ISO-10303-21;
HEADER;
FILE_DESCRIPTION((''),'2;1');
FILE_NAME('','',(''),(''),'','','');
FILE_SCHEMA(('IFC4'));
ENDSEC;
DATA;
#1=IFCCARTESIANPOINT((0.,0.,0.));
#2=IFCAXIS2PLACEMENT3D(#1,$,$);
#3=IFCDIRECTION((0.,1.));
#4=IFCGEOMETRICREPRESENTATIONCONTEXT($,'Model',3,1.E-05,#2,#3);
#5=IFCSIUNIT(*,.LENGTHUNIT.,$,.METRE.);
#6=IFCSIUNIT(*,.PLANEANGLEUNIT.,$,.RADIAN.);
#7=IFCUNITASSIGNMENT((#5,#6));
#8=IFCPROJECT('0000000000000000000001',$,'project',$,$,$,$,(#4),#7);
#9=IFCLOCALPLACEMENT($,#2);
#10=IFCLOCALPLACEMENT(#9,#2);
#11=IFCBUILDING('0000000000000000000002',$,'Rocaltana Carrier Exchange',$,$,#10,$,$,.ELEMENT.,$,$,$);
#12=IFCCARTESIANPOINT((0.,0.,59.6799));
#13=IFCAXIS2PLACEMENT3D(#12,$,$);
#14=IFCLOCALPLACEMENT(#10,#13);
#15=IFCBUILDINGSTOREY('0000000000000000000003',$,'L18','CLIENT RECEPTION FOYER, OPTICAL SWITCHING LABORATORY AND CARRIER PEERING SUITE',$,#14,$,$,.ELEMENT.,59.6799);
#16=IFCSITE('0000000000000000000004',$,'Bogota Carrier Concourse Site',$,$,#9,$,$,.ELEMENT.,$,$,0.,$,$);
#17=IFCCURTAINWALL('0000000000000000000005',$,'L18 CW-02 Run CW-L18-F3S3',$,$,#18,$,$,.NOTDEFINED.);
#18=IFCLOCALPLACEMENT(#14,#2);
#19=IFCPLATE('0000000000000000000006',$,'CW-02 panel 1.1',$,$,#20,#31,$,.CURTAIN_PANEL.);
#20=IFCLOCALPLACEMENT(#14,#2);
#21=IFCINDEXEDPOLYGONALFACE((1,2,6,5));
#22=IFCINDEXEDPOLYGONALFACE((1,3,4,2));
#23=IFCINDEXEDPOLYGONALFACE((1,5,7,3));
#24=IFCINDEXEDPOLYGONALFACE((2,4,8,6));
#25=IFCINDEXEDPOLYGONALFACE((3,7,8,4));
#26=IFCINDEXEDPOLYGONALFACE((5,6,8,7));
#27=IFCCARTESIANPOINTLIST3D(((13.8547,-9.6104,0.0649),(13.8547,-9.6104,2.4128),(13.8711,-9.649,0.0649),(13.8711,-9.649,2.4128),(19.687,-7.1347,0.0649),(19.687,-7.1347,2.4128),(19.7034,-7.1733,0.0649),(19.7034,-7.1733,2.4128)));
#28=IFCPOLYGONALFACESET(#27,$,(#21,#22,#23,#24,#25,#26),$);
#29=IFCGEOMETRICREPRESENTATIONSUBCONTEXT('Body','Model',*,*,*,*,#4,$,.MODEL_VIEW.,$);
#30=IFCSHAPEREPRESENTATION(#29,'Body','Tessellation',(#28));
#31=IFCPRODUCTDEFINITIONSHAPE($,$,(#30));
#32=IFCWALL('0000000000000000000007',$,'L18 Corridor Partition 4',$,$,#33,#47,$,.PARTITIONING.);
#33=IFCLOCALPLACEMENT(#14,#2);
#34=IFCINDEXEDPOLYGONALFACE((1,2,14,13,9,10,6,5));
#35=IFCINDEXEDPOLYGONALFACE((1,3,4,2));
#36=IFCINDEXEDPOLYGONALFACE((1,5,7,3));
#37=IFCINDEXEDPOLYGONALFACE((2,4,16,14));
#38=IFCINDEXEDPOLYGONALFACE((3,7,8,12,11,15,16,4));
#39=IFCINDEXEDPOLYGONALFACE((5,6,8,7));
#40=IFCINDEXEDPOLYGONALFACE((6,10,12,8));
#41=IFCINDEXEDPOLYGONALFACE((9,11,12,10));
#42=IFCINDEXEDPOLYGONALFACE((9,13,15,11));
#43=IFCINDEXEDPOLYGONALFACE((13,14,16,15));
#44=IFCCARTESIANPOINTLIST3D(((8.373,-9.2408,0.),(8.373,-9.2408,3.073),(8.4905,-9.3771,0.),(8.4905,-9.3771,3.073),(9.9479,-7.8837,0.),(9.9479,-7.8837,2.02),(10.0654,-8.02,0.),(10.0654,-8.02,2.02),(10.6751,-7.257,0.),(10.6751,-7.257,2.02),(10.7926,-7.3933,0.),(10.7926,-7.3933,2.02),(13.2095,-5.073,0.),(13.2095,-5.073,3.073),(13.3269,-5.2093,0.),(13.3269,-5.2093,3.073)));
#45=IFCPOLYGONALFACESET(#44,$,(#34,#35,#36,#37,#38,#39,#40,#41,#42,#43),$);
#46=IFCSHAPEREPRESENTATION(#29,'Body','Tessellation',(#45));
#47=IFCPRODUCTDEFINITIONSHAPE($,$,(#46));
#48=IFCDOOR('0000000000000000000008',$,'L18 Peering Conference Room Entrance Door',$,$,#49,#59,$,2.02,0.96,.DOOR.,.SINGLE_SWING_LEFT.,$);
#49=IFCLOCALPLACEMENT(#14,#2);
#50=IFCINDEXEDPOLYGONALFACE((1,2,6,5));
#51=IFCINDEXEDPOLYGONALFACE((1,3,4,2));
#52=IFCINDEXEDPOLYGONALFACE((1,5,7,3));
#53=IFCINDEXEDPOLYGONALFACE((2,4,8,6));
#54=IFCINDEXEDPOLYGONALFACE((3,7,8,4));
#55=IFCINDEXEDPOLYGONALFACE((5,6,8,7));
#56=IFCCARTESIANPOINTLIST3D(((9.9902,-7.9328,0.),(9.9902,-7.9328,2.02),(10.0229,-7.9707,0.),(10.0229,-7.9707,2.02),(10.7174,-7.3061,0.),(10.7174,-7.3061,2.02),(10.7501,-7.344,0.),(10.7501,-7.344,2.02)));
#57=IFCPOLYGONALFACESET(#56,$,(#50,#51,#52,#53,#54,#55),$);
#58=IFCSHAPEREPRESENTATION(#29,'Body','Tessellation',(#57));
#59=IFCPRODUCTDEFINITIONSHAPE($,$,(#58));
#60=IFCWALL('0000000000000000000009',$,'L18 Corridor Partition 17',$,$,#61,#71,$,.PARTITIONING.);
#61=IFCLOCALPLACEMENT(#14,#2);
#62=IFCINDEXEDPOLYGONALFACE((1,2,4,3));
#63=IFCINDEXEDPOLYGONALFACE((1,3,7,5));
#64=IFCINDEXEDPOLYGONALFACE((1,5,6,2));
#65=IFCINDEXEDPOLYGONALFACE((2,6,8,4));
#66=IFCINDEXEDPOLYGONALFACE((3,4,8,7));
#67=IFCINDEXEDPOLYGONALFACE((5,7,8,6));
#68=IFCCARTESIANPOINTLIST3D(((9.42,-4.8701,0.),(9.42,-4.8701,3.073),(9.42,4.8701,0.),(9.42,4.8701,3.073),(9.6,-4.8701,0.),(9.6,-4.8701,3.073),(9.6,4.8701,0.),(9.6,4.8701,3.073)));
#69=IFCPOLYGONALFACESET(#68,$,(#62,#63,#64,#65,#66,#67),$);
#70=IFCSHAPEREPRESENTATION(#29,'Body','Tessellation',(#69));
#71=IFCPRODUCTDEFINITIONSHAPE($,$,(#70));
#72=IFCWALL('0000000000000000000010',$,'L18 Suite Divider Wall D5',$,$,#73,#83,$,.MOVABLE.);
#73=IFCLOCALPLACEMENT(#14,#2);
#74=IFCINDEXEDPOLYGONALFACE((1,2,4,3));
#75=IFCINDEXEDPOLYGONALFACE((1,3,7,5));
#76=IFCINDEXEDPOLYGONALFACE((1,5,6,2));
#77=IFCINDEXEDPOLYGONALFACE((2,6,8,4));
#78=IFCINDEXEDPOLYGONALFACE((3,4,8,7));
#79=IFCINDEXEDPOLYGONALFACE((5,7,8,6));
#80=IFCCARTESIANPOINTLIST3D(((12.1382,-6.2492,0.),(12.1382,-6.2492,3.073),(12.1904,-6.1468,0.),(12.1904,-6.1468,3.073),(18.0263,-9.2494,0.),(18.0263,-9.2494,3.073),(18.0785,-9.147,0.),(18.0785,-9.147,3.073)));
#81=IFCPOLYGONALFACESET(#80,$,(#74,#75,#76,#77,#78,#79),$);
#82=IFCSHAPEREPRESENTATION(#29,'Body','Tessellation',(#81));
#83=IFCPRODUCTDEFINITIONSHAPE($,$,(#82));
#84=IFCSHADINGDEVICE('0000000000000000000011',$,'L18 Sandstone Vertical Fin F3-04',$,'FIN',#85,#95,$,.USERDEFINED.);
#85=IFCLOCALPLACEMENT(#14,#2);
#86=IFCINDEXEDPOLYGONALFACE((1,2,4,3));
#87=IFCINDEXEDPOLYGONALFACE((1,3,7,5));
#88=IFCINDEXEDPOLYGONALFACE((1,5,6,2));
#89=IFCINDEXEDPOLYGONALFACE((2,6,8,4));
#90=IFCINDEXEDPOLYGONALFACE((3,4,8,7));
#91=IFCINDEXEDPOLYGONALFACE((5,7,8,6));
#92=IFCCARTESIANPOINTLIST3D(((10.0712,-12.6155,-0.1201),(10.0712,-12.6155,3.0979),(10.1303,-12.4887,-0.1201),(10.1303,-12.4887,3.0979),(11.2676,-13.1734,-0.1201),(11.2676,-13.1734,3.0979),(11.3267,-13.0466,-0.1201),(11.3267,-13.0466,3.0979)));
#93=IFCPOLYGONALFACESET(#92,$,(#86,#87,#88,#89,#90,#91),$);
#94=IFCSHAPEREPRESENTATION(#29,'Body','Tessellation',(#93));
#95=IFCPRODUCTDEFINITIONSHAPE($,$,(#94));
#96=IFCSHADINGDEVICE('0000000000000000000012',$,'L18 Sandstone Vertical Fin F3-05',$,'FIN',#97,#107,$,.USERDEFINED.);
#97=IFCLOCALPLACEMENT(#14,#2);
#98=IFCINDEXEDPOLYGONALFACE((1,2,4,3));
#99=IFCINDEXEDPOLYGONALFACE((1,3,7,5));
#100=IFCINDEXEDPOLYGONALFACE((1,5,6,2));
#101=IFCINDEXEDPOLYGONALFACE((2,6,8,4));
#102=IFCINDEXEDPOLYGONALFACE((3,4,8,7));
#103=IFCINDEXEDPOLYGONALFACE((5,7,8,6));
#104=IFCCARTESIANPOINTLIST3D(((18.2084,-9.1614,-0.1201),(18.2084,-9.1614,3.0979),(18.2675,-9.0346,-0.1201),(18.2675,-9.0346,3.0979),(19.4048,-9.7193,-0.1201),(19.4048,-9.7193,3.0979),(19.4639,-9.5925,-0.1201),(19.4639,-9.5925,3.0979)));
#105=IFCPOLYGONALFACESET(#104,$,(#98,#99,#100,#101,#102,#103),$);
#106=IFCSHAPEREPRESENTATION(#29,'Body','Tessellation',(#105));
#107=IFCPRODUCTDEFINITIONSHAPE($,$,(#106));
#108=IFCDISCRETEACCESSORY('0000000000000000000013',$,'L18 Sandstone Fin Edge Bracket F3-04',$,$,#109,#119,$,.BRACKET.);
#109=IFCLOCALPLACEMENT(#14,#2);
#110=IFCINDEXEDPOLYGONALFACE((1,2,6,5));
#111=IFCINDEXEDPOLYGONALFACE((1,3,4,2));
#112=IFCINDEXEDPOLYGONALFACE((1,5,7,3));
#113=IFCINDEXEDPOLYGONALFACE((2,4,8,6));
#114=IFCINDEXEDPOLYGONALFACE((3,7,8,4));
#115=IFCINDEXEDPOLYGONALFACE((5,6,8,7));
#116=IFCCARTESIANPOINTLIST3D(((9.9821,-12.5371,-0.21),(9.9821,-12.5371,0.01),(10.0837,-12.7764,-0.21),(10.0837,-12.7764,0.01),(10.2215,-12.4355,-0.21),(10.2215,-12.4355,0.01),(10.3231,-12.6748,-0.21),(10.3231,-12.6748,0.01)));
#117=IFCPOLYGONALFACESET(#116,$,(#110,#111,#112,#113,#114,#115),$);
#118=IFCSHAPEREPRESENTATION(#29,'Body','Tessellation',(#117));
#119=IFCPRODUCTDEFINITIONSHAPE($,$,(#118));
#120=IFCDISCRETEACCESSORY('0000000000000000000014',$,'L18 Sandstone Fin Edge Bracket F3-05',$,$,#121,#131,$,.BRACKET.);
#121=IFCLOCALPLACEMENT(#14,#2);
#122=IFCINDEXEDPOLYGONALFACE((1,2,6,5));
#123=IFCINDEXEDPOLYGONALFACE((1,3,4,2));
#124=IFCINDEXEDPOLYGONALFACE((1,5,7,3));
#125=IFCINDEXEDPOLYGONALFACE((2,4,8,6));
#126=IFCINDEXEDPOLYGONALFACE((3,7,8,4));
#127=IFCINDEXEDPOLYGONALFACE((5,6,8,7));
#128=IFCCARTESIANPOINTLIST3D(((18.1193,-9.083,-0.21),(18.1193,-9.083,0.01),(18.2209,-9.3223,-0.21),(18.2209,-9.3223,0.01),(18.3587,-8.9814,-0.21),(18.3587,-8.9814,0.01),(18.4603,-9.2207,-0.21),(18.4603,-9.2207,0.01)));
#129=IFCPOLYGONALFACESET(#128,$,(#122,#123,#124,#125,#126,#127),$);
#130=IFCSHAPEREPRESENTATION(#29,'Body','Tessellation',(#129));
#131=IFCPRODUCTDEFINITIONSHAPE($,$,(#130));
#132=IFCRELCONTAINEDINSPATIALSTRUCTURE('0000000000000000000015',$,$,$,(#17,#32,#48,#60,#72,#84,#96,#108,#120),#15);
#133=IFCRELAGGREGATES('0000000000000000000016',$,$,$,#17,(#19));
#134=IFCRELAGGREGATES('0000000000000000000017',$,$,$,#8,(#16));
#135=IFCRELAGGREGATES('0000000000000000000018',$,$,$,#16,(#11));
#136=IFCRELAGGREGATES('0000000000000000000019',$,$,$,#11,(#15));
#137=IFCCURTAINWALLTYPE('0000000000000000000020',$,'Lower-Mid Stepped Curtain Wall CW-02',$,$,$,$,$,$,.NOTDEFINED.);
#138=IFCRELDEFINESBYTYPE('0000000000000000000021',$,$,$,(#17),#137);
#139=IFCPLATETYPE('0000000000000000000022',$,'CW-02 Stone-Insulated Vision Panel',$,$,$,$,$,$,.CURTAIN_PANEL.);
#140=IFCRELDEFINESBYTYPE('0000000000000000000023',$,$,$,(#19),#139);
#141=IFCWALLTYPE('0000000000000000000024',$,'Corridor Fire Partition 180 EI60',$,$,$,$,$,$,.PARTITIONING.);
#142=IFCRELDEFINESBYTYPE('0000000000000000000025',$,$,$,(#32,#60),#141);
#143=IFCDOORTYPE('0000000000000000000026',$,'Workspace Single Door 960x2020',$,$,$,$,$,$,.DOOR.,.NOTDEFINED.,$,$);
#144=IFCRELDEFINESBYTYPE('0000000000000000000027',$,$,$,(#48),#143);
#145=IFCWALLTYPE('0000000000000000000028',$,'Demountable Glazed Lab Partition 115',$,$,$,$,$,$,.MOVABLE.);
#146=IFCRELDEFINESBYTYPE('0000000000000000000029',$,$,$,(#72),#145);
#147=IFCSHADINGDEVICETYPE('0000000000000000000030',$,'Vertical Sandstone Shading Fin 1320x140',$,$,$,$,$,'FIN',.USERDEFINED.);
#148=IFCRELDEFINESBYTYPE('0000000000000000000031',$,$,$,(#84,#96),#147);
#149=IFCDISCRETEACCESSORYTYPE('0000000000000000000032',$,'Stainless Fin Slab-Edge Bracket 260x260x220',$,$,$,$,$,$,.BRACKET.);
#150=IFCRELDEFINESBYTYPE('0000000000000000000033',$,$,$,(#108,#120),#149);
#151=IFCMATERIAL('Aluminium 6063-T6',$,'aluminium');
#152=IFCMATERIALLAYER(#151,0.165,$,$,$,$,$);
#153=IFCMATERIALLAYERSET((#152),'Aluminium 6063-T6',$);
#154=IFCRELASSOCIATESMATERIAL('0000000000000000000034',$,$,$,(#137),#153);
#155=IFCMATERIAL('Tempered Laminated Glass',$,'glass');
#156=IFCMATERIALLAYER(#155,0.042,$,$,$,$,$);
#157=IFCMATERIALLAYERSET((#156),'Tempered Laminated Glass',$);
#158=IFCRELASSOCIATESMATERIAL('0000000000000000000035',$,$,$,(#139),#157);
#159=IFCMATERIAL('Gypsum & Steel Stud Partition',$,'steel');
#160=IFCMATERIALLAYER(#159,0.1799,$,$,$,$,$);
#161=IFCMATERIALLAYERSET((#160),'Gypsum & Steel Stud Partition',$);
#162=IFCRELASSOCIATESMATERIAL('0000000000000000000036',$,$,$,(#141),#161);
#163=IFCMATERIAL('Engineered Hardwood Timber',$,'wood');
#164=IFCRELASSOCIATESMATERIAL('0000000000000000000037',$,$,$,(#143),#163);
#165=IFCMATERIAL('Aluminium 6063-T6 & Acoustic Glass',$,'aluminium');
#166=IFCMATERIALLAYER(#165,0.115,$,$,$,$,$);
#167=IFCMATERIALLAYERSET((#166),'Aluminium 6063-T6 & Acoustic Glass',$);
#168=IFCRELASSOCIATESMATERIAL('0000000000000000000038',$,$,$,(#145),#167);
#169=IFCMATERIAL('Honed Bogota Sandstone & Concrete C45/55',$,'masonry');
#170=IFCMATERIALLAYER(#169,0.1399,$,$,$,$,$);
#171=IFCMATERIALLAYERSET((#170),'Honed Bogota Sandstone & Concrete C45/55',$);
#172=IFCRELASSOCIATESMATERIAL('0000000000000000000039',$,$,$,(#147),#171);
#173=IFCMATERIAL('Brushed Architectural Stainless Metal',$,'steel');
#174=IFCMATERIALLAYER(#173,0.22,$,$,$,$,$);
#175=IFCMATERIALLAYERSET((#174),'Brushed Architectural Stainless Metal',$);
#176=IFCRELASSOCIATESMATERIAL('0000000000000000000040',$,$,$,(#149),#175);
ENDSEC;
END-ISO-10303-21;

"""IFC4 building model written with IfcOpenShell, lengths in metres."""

from ifc_helpers import new_model, si_unit, direction, frame, frame_2d, origin, origin_2d, place, context, subcontext, project, spatial, rectangle, extrude, material, layer, layer_set, type_object, element, fill, aggregate, save


model = new_model("IFC4")

# Units and contexts
model_context = context("Model", 3, precision=1e-05, world=origin(), true_north=direction((0.0, 1.0)))
body_context = subcontext(model_context, "Body", "Model", "MODEL_VIEW")
ifc_project = project(units=[si_unit("LENGTHUNIT", "METRE"), si_unit("PLANEANGLEUNIT", "RADIAN")], contexts=[model_context])

# Site, building, storey
site_placement = place(None, origin())
site = spatial("IfcSite", under=ifc_project, at=site_placement, Name="Bogota Carrier Concourse Site", CompositionType="ELEMENT", RefElevation=0.0)
building_placement = place(site_placement, origin())
building = spatial("IfcBuilding", under=site, at=building_placement, Name="Rocaltana Carrier Exchange", CompositionType="ELEMENT")
storey_placement = place(building_placement, frame((0.0, 0.0, 59.6799)))
storey = spatial("IfcBuildingStorey", under=building, at=storey_placement, Name="L18", Description="CLIENT RECEPTION FOYER, OPTICAL SWITCHING LABORATORY AND CARRIER PEERING SUITE", CompositionType="ELEMENT", Elevation=59.6799)

# Shared definitions
ifc_material_1 = material(Name="Aluminium 6063-T6", Category="aluminium")
ifc_layer_1 = layer(ifc_material_1, 0.165)
ifc_layer_set_1 = layer_set([ifc_layer_1], Name="Aluminium 6063-T6")
curtain_wall_type = type_object("IfcCurtainWallType", Name="Lower-Mid Stepped Curtain Wall CW-02", PredefinedType="NOTDEFINED", material=ifc_layer_set_1)

# Curtain wall
curtain_wall_1_placement = place(storey_placement, origin())
curtain_wall_1 = element("IfcCurtainWall", 1, at=curtain_wall_1_placement, inside=storey, type_object=curtain_wall_type, Name="L18 CW-02 Run CW-L18-F3S3", PredefinedType="NOTDEFINED")

# Plate
ifc_material_2 = material(Name="Tempered Laminated Glass", Category="glass")
ifc_layer_2 = layer(ifc_material_2, 0.042)
ifc_layer_set_2 = layer_set([ifc_layer_2], Name="Tempered Laminated Glass")
plate_type = type_object("IfcPlateType", Name="CW-02 Stone-Insulated Vision Panel", PredefinedType="CURTAIN_PANEL", material=ifc_layer_set_2)
plate_placement = place(storey_placement, frame((16.7791, -8.3918, 0.0649), z_axis=(0.0, 0.0, 1.0), x_axis=(0.920503, 0.390735, 0.0)))
plate = element("IfcPlate", 2, at=plate_placement, type_object=plate_type, Name="CW-02 panel 1.1", PredefinedType="CURTAIN_PANEL", context=body_context, shape_type="SweptSolid", body=[
    extrude(rectangle(XDim=6.3359, YDim=0.042, at=origin_2d()), origin(), (0.0, 0.0, 1.0), 2.3479),
])
aggregate(curtain_wall_1, [plate])

# Wall, opening, door
ifc_material_3 = material(Name="Gypsum & Steel Stud Partition", Category="steel")
ifc_layer_3 = layer(ifc_material_3, 0.1799)
ifc_layer_set_3 = layer_set([ifc_layer_3], Name="Gypsum & Steel Stud Partition")
wall_type_1 = type_object("IfcWallType", Name="Corridor Fire Partition 180 EI60", PredefinedType="PARTITIONING", material=ifc_layer_set_3)
wall_1_placement = place(storey_placement, frame((13.2683, -5.1411, 0.0), z_axis=(0.0, 0.0, 1.0), x_axis=(-0.757535, -0.652795, 0.0)))
wall_1 = element("IfcWall", 3, at=wall_1_placement, inside=storey, type_object=wall_type_1, Name="L18 Corridor Partition 4", PredefinedType="PARTITIONING", context=body_context, shape_type="SweptSolid", body=[
    extrude(rectangle(XDim=6.3845, YDim=0.1799, at=frame_2d((3.1924, 0.0))), origin(), (0.0, 0.0, 1.0), 3.073),
])
opening_placement = place(wall_1_placement, frame((3.3457, 0.0, 0.0)))
opening = element("IfcOpeningElement", 4, at=opening_placement, cuts=wall_1, PredefinedType="OPENING", context=body_context, shape_type="SweptSolid", body=[
    extrude(rectangle(XDim=0.96, YDim=2.02, at=frame_2d((0.48, 1.01))), frame((0.0, 0.0999, 0.0), z_axis=(0.0, -1.0, 0.0), x_axis=(1.0, 0.0, 0.0)), (0.0, 0.0, 1.0), 0.2),
])
ifc_material_4 = material(Name="Engineered Hardwood Timber", Category="wood")
door_type = type_object("IfcDoorType", Name="Workspace Single Door 960x2020", OperationType="NOTDEFINED", PredefinedType="DOOR", material=ifc_material_4)
door_placement = place(opening_placement, origin())
door = element("IfcDoor", 5, at=door_placement, inside=storey, type_object=door_type, Name="L18 Peering Conference Room Entrance Door", OperationType="SINGLE_SWING_LEFT", OverallHeight=2.02, OverallWidth=0.96, PredefinedType="DOOR", context=body_context, shape_type="SweptSolid", body=[
    extrude(rectangle(XDim=0.96, YDim=2.02, at=frame_2d((0.48, 1.01))), frame((0.0, 0.0249, 0.0), z_axis=(0.0, -1.0, 0.0), x_axis=(1.0, 0.0, 0.0)), (0.0, 0.0, 1.0), 0.05),
])
fill(opening, door)

# Walls
wall_2_placement = place(storey_placement, frame((9.51, -4.8701, 0.0), z_axis=(0.0, 0.0, 1.0), x_axis=(0.0, 1.0, 0.0)))
element("IfcWall", 6, at=wall_2_placement, inside=storey, type_object=wall_type_1, Name="L18 Corridor Partition 17", PredefinedType="PARTITIONING", context=body_context, shape_type="SweptSolid", body=[
    extrude(rectangle(XDim=9.7402, YDim=0.1799, at=frame_2d((4.8701, 0.0))), origin(), (0.0, 0.0, 1.0), 3.073),
])
ifc_material_5 = material(Name="Aluminium 6063-T6 & Acoustic Glass", Category="aluminium")
ifc_layer_4 = layer(ifc_material_5, 0.115)
ifc_layer_set_4 = layer_set([ifc_layer_4], Name="Aluminium 6063-T6 & Acoustic Glass")
wall_type_2 = type_object("IfcWallType", Name="Demountable Glazed Lab Partition 115", PredefinedType="MOVABLE", material=ifc_layer_set_4)
wall_3_placement = place(storey_placement, frame((12.1643, -6.198, 0.0), z_axis=(0.0, 0.0, 1.0), x_axis=(0.891003, -0.453998, 0.0)))
element("IfcWall", 7, at=wall_3_placement, inside=storey, type_object=wall_type_2, Name="L18 Suite Divider Wall D5", PredefinedType="MOVABLE", context=body_context, shape_type="SweptSolid", body=[
    extrude(rectangle(XDim=6.6084, YDim=0.115, at=frame_2d((3.3042, 0.0))), origin(), (0.0, 0.0, 1.0), 3.073),
])

# Shading devices
ifc_material_6 = material(Name="Honed Bogota Sandstone & Concrete C45/55", Category="masonry")
ifc_layer_5 = layer(ifc_material_6, 0.1399)
ifc_layer_set_5 = layer_set([ifc_layer_5], Name="Honed Bogota Sandstone & Concrete C45/55")
shading_device_type = type_object("IfcShadingDeviceType", Name="Vertical Sandstone Shading Fin 1320x140", ElementType="FIN", PredefinedType="USERDEFINED", material=ifc_layer_set_5)
for number, where, z_axis, x_axis, name in (
    (8, (10.699, -12.8311, -0.1201), (0.0, 0.0, 1.0), (0.906308, -0.422618, 0.0), "L18 Sandstone Vertical Fin F3-04"),
    (9, (18.8362, -9.377, -0.1201), (0.0, 0.0, 1.0), (0.906308, -0.422618, 0.0), "L18 Sandstone Vertical Fin F3-05"),
):
    element("IfcShadingDevice", number, at=place(storey_placement, frame(where, z_axis=z_axis, x_axis=x_axis)), inside=storey, type_object=shading_device_type, Name=name, ObjectType="FIN", PredefinedType="USERDEFINED", context=body_context, shape_type="SweptSolid", body=[
        extrude(rectangle(XDim=1.3201, YDim=0.1399, at=origin_2d()), origin(), (0.0, 0.0, 1.0), 3.218),
    ])

# Discrete accessories
ifc_material_7 = material(Name="Brushed Architectural Stainless Metal", Category="steel")
ifc_layer_6 = layer(ifc_material_7, 0.22)
ifc_layer_set_6 = layer_set([ifc_layer_6], Name="Brushed Architectural Stainless Metal")
discrete_accessory_type = type_object("IfcDiscreteAccessoryType", Name="Stainless Fin Slab-Edge Bracket 260x260x220", PredefinedType="BRACKET", material=ifc_layer_set_6)
for number, where, z_axis, x_axis, name in (
    (10, (10.1526, -12.606, -0.21), (0.0, 0.0, 1.0), (0.920505, 0.390731, 0.0), "L18 Sandstone Fin Edge Bracket F3-04"),
    (11, (18.2898, -9.1519, -0.21), (0.0, 0.0, 1.0), (0.920505, 0.390731, 0.0), "L18 Sandstone Fin Edge Bracket F3-05"),
):
    element("IfcDiscreteAccessory", number, at=place(storey_placement, frame(where, z_axis=z_axis, x_axis=x_axis)), inside=storey, type_object=discrete_accessory_type, Name=name, PredefinedType="BRACKET", context=body_context, shape_type="SweptSolid", body=[
        extrude(rectangle(XDim=0.26, YDim=0.26, at=origin_2d()), origin(), (0.0, 0.0, 1.0), 0.22),
    ])

save(model, "model.ifc")
